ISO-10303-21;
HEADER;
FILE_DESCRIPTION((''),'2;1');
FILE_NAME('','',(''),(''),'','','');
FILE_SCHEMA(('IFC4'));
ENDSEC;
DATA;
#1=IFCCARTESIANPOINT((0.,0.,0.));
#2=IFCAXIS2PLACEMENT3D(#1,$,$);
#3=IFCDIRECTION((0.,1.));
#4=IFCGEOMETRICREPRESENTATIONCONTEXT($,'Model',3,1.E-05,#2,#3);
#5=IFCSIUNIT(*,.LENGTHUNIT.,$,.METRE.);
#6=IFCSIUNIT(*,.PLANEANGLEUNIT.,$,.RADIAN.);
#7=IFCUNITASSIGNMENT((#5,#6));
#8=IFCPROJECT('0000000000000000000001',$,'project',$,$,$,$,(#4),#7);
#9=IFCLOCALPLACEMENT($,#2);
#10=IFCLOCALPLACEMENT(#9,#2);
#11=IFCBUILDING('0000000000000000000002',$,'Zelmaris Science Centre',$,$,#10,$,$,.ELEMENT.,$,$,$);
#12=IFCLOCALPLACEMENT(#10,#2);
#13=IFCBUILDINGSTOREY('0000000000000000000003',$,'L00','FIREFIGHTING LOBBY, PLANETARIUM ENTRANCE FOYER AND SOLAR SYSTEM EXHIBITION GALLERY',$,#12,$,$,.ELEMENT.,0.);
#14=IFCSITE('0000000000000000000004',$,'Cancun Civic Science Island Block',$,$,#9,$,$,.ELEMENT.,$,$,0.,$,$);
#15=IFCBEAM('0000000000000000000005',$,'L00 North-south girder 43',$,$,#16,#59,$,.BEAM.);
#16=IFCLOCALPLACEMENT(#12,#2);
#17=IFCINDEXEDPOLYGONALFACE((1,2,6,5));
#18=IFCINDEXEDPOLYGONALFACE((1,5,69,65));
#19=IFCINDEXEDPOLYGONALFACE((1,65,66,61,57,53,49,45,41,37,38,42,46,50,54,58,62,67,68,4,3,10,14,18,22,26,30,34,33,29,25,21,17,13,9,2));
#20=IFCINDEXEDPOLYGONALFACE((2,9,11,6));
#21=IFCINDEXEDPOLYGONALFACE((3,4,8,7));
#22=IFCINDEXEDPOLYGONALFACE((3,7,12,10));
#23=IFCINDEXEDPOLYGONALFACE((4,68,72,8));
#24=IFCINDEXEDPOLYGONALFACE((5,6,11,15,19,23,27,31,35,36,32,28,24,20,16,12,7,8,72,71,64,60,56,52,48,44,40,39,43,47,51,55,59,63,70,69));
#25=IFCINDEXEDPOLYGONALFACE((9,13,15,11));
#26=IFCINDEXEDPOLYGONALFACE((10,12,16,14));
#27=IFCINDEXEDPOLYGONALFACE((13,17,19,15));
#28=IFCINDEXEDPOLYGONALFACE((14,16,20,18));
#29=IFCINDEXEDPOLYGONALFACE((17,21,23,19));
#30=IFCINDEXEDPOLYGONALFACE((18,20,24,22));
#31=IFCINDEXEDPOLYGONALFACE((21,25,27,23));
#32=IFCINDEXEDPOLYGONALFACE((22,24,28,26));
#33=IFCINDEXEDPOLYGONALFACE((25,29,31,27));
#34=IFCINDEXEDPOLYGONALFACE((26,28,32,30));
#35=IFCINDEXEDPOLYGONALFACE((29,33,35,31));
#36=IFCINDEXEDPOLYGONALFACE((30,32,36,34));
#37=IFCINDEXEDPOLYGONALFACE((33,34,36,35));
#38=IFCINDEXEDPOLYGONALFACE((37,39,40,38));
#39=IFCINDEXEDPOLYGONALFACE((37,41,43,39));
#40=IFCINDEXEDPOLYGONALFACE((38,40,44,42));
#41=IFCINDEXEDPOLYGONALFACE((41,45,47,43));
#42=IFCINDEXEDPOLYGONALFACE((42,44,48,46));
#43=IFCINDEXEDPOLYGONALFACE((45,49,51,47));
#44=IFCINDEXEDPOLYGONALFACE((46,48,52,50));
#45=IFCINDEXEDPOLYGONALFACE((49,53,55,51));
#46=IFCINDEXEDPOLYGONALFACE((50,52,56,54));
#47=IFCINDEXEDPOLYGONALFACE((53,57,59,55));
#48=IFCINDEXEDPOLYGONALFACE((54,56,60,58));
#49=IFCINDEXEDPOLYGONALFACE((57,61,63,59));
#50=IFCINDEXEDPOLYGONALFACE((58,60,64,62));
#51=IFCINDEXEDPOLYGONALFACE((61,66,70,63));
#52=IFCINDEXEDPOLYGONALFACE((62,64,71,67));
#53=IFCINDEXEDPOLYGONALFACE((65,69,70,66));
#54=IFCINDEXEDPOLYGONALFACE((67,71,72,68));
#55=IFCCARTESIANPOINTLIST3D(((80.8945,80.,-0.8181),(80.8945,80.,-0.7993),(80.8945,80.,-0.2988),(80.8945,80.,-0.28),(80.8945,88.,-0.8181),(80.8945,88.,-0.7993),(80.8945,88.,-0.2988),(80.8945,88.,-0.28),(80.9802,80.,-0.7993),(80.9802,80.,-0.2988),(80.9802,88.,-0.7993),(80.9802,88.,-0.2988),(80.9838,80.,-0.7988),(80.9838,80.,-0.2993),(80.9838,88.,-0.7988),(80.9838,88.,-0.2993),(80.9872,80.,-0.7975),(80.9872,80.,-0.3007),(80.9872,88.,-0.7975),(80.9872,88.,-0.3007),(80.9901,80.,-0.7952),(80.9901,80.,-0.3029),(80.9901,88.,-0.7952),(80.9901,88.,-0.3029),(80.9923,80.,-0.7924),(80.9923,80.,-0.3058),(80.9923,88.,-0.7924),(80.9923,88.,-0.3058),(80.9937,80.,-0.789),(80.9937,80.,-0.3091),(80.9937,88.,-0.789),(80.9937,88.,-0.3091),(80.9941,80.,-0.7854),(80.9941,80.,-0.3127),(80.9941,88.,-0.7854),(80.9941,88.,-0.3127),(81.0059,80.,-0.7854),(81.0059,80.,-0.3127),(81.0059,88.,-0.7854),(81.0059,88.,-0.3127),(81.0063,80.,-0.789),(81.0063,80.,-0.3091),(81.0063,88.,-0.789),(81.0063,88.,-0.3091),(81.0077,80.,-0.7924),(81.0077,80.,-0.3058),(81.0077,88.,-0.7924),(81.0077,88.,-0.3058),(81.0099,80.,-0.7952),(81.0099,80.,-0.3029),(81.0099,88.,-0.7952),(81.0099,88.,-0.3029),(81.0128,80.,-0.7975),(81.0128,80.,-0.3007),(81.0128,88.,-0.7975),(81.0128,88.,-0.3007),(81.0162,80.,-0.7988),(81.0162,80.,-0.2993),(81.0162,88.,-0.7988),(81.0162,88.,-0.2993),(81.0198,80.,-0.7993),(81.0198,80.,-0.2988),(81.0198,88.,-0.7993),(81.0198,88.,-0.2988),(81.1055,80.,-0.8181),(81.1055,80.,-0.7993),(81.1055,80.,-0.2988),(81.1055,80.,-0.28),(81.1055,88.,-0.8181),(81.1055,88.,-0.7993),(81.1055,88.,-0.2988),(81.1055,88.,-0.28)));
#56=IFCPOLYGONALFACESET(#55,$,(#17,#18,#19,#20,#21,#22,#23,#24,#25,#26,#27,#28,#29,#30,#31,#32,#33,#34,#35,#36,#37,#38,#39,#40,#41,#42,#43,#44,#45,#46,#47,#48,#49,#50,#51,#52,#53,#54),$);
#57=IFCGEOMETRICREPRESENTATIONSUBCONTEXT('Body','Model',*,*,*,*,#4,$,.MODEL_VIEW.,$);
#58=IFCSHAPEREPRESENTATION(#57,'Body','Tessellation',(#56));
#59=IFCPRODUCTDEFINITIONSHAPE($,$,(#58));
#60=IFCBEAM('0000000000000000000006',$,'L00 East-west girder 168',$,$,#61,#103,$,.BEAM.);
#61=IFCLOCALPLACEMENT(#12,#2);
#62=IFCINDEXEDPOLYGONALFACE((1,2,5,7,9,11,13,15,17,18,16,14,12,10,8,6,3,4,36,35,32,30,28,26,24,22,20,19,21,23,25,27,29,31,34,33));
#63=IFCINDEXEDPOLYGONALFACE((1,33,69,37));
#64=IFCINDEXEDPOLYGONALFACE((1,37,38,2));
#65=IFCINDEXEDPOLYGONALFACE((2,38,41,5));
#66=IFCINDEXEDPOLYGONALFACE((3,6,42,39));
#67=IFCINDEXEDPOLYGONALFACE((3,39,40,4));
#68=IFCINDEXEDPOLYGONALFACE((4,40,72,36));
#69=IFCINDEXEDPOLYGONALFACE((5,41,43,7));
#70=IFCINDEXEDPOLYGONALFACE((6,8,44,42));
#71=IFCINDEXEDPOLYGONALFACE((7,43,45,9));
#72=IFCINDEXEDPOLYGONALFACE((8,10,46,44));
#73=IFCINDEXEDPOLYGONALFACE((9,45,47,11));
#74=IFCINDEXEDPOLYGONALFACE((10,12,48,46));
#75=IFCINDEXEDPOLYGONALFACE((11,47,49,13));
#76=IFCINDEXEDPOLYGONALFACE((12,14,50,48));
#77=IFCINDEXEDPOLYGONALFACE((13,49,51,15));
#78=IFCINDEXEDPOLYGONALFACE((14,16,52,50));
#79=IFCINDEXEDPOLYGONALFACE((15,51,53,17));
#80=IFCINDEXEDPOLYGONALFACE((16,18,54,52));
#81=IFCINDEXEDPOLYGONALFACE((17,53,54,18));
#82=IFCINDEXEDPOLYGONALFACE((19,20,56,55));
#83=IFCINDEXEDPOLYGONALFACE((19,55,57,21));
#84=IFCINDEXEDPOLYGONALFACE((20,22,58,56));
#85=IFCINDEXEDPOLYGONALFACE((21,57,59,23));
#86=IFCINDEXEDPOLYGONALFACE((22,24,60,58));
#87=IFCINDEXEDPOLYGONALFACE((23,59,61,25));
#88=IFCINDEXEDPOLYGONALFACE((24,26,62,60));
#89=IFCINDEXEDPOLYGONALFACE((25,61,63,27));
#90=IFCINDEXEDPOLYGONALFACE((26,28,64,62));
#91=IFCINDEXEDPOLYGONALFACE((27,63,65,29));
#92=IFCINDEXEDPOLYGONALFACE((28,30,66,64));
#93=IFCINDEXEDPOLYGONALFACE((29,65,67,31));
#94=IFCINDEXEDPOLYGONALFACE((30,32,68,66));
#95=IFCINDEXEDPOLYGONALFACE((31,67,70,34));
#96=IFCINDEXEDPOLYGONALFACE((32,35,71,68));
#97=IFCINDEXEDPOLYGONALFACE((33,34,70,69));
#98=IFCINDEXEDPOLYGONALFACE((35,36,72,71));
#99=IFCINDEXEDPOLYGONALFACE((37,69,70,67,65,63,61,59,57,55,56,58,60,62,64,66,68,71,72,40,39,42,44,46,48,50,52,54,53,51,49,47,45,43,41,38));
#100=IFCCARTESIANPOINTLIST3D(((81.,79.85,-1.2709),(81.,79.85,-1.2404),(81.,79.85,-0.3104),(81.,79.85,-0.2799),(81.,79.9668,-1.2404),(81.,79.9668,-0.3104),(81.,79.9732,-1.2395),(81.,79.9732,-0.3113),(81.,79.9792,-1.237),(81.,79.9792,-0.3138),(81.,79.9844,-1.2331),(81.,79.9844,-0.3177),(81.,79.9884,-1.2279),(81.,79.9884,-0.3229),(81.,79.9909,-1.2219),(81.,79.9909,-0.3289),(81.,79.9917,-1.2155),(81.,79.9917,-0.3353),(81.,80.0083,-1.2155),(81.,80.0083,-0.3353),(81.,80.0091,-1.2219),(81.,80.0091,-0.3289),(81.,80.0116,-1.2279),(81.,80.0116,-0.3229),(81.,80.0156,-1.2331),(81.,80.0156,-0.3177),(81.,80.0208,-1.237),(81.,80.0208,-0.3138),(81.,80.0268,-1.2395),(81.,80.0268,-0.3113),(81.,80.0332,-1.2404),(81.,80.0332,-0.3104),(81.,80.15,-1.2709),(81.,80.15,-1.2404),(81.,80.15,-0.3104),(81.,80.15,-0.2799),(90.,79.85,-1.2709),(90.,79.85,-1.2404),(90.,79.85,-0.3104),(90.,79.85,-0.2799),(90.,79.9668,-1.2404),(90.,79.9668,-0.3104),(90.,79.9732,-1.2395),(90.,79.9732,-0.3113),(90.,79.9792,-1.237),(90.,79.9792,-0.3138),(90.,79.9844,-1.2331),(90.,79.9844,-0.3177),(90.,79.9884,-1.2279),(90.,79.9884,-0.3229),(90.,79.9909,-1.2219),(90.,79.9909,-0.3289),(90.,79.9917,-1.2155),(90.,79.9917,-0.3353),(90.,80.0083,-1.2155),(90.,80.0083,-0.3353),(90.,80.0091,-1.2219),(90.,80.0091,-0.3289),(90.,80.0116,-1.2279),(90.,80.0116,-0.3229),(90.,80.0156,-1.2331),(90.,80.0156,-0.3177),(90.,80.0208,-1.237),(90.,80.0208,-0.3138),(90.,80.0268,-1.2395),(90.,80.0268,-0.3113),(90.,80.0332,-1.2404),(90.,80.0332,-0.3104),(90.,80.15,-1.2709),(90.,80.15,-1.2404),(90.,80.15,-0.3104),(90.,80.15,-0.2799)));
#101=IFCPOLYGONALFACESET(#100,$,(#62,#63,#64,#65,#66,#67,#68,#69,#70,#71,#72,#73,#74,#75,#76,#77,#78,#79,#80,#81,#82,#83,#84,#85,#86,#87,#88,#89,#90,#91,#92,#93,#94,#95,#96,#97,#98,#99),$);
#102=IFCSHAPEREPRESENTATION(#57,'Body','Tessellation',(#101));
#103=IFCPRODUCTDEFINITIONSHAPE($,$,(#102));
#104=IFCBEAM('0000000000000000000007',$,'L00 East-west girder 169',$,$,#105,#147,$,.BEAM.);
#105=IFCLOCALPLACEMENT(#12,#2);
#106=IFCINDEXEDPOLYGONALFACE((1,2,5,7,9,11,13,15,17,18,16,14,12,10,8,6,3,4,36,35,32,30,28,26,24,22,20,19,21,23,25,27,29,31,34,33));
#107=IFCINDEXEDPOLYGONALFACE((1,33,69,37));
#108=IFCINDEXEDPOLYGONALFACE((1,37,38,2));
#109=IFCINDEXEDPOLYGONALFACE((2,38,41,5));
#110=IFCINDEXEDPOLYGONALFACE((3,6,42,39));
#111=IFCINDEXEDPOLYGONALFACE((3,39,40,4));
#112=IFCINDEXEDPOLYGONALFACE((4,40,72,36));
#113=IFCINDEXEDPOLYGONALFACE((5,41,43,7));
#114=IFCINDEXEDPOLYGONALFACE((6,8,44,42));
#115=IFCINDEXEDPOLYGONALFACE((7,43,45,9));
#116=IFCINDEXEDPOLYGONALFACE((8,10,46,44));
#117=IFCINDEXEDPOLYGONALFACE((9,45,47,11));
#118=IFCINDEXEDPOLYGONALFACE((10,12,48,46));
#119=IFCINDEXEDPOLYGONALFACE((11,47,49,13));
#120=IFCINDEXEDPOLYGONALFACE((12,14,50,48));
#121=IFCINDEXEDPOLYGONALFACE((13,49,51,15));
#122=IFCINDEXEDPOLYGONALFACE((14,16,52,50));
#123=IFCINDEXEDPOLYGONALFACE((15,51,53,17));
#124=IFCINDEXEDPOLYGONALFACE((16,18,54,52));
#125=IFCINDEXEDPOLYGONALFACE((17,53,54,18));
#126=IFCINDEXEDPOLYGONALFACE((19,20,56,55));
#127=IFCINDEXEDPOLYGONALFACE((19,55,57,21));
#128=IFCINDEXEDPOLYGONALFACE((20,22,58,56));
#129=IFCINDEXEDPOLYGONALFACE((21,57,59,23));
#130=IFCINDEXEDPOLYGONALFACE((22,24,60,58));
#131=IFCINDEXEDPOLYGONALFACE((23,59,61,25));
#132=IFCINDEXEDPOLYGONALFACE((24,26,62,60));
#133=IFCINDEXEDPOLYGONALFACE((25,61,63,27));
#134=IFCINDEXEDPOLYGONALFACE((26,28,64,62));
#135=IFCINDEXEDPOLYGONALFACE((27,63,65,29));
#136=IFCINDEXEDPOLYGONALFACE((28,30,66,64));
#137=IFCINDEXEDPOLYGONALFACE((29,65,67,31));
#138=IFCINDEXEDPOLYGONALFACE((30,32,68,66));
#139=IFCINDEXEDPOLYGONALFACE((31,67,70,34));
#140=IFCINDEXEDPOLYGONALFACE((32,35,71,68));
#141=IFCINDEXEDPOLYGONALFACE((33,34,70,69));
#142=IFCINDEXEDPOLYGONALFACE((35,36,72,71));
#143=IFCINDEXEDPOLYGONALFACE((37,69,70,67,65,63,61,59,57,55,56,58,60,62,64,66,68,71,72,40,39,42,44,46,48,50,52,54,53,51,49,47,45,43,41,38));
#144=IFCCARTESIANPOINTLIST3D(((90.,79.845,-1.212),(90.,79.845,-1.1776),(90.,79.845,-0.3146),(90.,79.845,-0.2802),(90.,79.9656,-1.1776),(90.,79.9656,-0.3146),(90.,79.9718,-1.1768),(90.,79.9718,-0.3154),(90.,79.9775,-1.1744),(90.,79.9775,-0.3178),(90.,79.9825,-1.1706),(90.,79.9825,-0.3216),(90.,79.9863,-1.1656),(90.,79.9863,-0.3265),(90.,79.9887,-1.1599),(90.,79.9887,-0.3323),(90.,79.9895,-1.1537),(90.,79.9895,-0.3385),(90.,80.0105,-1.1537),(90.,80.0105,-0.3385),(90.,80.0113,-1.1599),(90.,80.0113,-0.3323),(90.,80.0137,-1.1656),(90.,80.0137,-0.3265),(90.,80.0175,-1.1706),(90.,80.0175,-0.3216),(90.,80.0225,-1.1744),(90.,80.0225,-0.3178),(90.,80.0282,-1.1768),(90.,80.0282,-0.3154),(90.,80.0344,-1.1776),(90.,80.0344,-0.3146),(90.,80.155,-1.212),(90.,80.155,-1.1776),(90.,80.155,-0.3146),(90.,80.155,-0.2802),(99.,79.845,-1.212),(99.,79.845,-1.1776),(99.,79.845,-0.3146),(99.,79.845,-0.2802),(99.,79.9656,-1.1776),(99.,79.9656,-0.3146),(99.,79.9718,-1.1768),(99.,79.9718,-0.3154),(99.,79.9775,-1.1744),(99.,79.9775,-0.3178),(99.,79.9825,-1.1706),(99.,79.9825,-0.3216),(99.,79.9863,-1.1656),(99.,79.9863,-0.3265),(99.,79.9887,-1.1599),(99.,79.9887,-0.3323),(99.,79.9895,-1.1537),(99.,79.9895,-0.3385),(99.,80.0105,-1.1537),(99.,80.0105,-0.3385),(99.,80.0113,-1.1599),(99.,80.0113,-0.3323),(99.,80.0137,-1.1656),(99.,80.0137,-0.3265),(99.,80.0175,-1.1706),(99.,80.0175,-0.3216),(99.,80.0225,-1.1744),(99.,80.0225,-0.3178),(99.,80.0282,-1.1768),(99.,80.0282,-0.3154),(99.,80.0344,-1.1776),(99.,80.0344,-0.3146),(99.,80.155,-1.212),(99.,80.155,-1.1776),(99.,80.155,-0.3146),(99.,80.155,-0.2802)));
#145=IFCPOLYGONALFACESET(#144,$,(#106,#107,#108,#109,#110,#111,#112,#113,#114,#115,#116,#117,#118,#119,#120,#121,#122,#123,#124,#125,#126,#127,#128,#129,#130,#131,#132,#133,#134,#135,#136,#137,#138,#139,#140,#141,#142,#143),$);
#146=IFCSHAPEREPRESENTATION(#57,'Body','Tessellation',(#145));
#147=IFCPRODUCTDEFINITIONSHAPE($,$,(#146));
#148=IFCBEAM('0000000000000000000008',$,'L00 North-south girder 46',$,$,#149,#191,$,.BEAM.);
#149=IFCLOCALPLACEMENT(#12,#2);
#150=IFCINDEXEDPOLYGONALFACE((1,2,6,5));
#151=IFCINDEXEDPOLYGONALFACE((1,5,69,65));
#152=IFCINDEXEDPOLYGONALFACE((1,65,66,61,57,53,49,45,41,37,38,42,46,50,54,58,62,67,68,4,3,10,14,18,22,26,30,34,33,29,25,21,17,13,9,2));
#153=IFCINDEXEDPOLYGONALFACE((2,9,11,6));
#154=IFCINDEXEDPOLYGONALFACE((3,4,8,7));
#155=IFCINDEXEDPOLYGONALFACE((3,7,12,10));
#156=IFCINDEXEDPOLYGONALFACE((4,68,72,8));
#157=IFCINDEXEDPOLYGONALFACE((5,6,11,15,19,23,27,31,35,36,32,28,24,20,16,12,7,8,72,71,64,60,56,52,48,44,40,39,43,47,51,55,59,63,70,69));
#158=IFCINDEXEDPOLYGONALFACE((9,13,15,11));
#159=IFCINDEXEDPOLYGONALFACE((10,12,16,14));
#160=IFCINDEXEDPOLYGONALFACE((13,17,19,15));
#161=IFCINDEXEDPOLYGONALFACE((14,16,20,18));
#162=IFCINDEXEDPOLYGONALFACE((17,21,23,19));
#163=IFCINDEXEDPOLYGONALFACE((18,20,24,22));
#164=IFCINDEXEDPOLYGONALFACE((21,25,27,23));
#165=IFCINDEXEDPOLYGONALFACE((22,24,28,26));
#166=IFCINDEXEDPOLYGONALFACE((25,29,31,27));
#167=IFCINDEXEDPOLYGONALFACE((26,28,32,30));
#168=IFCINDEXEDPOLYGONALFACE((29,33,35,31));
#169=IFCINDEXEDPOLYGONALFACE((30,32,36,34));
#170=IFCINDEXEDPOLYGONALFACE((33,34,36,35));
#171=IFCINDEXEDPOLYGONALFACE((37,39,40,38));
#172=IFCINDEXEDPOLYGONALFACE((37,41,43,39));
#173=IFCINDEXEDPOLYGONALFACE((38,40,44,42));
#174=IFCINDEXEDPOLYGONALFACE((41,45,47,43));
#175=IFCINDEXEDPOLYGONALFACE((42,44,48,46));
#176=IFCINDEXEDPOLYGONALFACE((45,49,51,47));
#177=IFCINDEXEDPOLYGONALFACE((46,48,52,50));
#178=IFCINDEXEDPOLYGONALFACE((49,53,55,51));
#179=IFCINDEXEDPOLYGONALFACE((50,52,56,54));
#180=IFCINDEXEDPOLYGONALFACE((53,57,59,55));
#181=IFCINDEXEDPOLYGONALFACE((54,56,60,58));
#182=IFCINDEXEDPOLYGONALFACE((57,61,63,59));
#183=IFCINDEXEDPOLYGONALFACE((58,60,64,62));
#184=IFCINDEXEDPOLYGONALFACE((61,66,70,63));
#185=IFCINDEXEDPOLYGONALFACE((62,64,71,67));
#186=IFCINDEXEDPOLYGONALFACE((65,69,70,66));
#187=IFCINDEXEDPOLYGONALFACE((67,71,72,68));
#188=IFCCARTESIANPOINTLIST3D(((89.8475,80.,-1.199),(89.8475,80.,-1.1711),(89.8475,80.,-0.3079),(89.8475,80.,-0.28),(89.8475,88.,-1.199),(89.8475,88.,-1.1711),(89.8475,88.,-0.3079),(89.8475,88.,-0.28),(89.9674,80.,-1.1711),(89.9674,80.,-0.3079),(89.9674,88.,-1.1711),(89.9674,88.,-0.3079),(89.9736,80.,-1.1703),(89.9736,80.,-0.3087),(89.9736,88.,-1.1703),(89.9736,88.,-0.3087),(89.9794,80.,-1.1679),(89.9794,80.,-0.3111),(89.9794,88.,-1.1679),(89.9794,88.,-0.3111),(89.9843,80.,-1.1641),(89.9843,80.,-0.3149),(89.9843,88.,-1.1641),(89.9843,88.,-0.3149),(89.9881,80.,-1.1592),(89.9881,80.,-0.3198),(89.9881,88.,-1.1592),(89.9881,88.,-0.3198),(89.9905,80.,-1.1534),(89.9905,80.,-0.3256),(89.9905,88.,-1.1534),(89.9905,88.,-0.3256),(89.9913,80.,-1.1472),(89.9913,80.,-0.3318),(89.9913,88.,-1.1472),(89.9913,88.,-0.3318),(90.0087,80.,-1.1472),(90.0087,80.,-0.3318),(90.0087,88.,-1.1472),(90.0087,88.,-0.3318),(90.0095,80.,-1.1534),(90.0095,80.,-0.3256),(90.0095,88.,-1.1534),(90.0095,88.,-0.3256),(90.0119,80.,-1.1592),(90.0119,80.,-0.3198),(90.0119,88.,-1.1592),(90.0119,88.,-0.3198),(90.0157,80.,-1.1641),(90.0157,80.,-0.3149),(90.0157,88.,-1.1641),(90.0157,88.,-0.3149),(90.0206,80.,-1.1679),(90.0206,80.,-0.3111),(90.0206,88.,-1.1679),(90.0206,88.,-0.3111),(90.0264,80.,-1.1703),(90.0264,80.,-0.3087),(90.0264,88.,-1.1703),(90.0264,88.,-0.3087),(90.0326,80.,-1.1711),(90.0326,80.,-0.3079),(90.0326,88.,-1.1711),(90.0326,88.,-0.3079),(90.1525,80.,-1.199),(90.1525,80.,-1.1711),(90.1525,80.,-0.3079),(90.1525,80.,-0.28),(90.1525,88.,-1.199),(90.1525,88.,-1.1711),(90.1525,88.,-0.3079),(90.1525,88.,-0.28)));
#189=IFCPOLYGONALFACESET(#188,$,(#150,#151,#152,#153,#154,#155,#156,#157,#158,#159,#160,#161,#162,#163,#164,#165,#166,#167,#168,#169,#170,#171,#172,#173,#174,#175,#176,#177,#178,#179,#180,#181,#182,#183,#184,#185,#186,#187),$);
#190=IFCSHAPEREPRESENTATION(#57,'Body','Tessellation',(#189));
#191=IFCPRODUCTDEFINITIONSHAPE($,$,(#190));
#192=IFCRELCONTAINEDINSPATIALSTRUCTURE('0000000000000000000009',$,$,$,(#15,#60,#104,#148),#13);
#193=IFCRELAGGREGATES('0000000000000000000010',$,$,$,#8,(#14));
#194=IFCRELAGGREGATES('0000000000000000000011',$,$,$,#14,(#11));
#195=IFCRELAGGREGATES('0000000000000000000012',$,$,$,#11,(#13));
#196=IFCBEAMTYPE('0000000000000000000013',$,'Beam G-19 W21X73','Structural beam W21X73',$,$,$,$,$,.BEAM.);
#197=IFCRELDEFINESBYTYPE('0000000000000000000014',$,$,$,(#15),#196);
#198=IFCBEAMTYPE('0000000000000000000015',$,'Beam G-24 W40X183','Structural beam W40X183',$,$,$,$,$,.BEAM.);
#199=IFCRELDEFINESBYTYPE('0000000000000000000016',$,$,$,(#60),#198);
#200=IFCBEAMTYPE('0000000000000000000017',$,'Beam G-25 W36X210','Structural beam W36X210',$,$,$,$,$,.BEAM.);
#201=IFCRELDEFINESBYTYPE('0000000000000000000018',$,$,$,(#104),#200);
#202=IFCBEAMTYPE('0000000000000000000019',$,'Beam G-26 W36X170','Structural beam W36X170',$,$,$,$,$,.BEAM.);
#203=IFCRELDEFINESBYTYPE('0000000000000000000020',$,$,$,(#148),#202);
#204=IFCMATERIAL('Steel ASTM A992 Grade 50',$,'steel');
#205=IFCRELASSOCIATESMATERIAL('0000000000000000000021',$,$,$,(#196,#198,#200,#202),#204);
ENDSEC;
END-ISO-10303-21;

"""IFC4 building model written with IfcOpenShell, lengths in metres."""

from ifc_helpers import new_model, si_unit, direction, frame, origin, origin_2d, place, context, subcontext, project, spatial, i_section, extrude, material, material_profile, profile_set, type_object, element, save


model = new_model("IFC4")

# Units and contexts
model_context = context("Model", 3, precision=1e-05, world=origin(), true_north=direction((0.0, 1.0)))
body_context = subcontext(model_context, "Body", "Model", "MODEL_VIEW")
ifc_project = project(units=[si_unit("LENGTHUNIT", "METRE"), si_unit("PLANEANGLEUNIT", "RADIAN")], contexts=[model_context])

# Site, building, storey
site_placement = place(None, origin())
site = spatial("IfcSite", under=ifc_project, at=site_placement, Name="Cancun Civic Science Island Block", CompositionType="ELEMENT", RefElevation=0.0)
building_placement = place(site_placement, origin())
building = spatial("IfcBuilding", under=site, at=building_placement, Name="Zelmaris Science Centre", CompositionType="ELEMENT")
storey_placement = place(building_placement, origin())
storey = spatial("IfcBuildingStorey", under=building, at=storey_placement, Name="L00", Description="FIREFIGHTING LOBBY, PLANETARIUM ENTRANCE FOYER AND SOLAR SYSTEM EXHIBITION GALLERY", CompositionType="ELEMENT", Elevation=0.0)

# Shared definitions
ifc_material_1 = material(Name="Steel ASTM A992 Grade 50", Category="steel")

# Beams
ifc_material_profile_1 = material_profile(ifc_material_1, i_section(OverallWidth=0.2109, OverallDepth=0.5381, WebThickness=0.0117, FlangeThickness=0.0188, FilletRadius=0.0139, at=origin_2d()), Name="W21X73")
ifc_profile_set_1 = profile_set([ifc_material_profile_1], Name="Steel ASTM A992 Grade 50")
beam_type_1 = type_object("IfcBeamType", Name="Beam G-19 W21X73", Description="Structural beam W21X73", PredefinedType="BEAM", material=ifc_profile_set_1)
beam_1_placement = place(storey_placement, frame((81.0, 80.0, -0.5491), z_axis=(0.0, 1.0, 0.0), x_axis=(-1.0, 0.0, 0.0)))
element("IfcBeam", 1, at=beam_1_placement, inside=storey, type_object=beam_type_1, Name="L00 North-south girder 43", PredefinedType="BEAM", context=body_context, shape_type="SweptSolid", body=[
    extrude(i_section(OverallWidth=0.2109, OverallDepth=0.5381, WebThickness=0.0117, FlangeThickness=0.0188, FilletRadius=0.0139, at=origin_2d()), origin(), (0.0, 0.0, 1.0), 8.0),
])
ifc_material_profile_2 = material_profile(ifc_material_1, i_section(OverallWidth=0.3, OverallDepth=0.991, WebThickness=0.0166, FlangeThickness=0.0305, FilletRadius=0.0249, at=origin_2d()), Name="W40X183")
ifc_profile_set_2 = profile_set([ifc_material_profile_2], Name="Steel ASTM A992 Grade 50")
beam_type_2 = type_object("IfcBeamType", Name="Beam G-24 W40X183", Description="Structural beam W40X183", PredefinedType="BEAM", material=ifc_profile_set_2)
beam_2_placement = place(storey_placement, frame((81.0, 80.0, -0.7754), z_axis=(1.0, 0.0, 0.0), x_axis=(0.0, 1.0, 0.0)))
element("IfcBeam", 2, at=beam_2_placement, inside=storey, type_object=beam_type_2, Name="L00 East-west girder 168", PredefinedType="BEAM", context=body_context, shape_type="SweptSolid", body=[
    extrude(i_section(OverallWidth=0.3, OverallDepth=0.991, WebThickness=0.0166, FlangeThickness=0.0305, FilletRadius=0.0249, at=origin_2d()), origin(), (0.0, 0.0, 1.0), 9.0),
])
ifc_material_profile_3 = material_profile(ifc_material_1, i_section(OverallWidth=0.3101, OverallDepth=0.9319, WebThickness=0.021, FlangeThickness=0.0344, FilletRadius=0.0239, at=origin_2d()), Name="W36X210")
ifc_profile_set_3 = profile_set([ifc_material_profile_3], Name="Steel ASTM A992 Grade 50")
beam_type_3 = type_object("IfcBeamType", Name="Beam G-25 W36X210", Description="Structural beam W36X210", PredefinedType="BEAM", material=ifc_profile_set_3)
beam_3_placement = place(storey_placement, frame((90.0, 80.0, -0.7461), z_axis=(1.0, 0.0, 0.0), x_axis=(0.0, 1.0, 0.0)))
element("IfcBeam", 3, at=beam_3_placement, inside=storey, type_object=beam_type_3, Name="L00 East-west girder 169", PredefinedType="BEAM", context=body_context, shape_type="SweptSolid", body=[
    extrude(i_section(OverallWidth=0.3101, OverallDepth=0.9319, WebThickness=0.021, FlangeThickness=0.0344, FilletRadius=0.0239, at=origin_2d()), origin(), (0.0, 0.0, 1.0), 9.0),
])
ifc_material_profile_4 = material_profile(ifc_material_1, i_section(OverallWidth=0.3049, OverallDepth=0.9189, WebThickness=0.0173, FlangeThickness=0.0278, FilletRadius=0.0239, at=origin_2d()), Name="W36X170")
ifc_profile_set_4 = profile_set([ifc_material_profile_4], Name="Steel ASTM A992 Grade 50")
beam_type_4 = type_object("IfcBeamType", Name="Beam G-26 W36X170", Description="Structural beam W36X170", PredefinedType="BEAM", material=ifc_profile_set_4)
beam_4_placement = place(storey_placement, frame((90.0, 80.0, -0.7395), z_axis=(0.0, 1.0, 0.0), x_axis=(-1.0, 0.0, 0.0)))
element("IfcBeam", 4, at=beam_4_placement, inside=storey, type_object=beam_type_4, Name="L00 North-south girder 46", PredefinedType="BEAM", context=body_context, shape_type="SweptSolid", body=[
    extrude(i_section(OverallWidth=0.3049, OverallDepth=0.9189, WebThickness=0.0173, FlangeThickness=0.0278, FilletRadius=0.0239, at=origin_2d()), origin(), (0.0, 0.0, 1.0), 8.0),
])

save(model, "model.ifc")
